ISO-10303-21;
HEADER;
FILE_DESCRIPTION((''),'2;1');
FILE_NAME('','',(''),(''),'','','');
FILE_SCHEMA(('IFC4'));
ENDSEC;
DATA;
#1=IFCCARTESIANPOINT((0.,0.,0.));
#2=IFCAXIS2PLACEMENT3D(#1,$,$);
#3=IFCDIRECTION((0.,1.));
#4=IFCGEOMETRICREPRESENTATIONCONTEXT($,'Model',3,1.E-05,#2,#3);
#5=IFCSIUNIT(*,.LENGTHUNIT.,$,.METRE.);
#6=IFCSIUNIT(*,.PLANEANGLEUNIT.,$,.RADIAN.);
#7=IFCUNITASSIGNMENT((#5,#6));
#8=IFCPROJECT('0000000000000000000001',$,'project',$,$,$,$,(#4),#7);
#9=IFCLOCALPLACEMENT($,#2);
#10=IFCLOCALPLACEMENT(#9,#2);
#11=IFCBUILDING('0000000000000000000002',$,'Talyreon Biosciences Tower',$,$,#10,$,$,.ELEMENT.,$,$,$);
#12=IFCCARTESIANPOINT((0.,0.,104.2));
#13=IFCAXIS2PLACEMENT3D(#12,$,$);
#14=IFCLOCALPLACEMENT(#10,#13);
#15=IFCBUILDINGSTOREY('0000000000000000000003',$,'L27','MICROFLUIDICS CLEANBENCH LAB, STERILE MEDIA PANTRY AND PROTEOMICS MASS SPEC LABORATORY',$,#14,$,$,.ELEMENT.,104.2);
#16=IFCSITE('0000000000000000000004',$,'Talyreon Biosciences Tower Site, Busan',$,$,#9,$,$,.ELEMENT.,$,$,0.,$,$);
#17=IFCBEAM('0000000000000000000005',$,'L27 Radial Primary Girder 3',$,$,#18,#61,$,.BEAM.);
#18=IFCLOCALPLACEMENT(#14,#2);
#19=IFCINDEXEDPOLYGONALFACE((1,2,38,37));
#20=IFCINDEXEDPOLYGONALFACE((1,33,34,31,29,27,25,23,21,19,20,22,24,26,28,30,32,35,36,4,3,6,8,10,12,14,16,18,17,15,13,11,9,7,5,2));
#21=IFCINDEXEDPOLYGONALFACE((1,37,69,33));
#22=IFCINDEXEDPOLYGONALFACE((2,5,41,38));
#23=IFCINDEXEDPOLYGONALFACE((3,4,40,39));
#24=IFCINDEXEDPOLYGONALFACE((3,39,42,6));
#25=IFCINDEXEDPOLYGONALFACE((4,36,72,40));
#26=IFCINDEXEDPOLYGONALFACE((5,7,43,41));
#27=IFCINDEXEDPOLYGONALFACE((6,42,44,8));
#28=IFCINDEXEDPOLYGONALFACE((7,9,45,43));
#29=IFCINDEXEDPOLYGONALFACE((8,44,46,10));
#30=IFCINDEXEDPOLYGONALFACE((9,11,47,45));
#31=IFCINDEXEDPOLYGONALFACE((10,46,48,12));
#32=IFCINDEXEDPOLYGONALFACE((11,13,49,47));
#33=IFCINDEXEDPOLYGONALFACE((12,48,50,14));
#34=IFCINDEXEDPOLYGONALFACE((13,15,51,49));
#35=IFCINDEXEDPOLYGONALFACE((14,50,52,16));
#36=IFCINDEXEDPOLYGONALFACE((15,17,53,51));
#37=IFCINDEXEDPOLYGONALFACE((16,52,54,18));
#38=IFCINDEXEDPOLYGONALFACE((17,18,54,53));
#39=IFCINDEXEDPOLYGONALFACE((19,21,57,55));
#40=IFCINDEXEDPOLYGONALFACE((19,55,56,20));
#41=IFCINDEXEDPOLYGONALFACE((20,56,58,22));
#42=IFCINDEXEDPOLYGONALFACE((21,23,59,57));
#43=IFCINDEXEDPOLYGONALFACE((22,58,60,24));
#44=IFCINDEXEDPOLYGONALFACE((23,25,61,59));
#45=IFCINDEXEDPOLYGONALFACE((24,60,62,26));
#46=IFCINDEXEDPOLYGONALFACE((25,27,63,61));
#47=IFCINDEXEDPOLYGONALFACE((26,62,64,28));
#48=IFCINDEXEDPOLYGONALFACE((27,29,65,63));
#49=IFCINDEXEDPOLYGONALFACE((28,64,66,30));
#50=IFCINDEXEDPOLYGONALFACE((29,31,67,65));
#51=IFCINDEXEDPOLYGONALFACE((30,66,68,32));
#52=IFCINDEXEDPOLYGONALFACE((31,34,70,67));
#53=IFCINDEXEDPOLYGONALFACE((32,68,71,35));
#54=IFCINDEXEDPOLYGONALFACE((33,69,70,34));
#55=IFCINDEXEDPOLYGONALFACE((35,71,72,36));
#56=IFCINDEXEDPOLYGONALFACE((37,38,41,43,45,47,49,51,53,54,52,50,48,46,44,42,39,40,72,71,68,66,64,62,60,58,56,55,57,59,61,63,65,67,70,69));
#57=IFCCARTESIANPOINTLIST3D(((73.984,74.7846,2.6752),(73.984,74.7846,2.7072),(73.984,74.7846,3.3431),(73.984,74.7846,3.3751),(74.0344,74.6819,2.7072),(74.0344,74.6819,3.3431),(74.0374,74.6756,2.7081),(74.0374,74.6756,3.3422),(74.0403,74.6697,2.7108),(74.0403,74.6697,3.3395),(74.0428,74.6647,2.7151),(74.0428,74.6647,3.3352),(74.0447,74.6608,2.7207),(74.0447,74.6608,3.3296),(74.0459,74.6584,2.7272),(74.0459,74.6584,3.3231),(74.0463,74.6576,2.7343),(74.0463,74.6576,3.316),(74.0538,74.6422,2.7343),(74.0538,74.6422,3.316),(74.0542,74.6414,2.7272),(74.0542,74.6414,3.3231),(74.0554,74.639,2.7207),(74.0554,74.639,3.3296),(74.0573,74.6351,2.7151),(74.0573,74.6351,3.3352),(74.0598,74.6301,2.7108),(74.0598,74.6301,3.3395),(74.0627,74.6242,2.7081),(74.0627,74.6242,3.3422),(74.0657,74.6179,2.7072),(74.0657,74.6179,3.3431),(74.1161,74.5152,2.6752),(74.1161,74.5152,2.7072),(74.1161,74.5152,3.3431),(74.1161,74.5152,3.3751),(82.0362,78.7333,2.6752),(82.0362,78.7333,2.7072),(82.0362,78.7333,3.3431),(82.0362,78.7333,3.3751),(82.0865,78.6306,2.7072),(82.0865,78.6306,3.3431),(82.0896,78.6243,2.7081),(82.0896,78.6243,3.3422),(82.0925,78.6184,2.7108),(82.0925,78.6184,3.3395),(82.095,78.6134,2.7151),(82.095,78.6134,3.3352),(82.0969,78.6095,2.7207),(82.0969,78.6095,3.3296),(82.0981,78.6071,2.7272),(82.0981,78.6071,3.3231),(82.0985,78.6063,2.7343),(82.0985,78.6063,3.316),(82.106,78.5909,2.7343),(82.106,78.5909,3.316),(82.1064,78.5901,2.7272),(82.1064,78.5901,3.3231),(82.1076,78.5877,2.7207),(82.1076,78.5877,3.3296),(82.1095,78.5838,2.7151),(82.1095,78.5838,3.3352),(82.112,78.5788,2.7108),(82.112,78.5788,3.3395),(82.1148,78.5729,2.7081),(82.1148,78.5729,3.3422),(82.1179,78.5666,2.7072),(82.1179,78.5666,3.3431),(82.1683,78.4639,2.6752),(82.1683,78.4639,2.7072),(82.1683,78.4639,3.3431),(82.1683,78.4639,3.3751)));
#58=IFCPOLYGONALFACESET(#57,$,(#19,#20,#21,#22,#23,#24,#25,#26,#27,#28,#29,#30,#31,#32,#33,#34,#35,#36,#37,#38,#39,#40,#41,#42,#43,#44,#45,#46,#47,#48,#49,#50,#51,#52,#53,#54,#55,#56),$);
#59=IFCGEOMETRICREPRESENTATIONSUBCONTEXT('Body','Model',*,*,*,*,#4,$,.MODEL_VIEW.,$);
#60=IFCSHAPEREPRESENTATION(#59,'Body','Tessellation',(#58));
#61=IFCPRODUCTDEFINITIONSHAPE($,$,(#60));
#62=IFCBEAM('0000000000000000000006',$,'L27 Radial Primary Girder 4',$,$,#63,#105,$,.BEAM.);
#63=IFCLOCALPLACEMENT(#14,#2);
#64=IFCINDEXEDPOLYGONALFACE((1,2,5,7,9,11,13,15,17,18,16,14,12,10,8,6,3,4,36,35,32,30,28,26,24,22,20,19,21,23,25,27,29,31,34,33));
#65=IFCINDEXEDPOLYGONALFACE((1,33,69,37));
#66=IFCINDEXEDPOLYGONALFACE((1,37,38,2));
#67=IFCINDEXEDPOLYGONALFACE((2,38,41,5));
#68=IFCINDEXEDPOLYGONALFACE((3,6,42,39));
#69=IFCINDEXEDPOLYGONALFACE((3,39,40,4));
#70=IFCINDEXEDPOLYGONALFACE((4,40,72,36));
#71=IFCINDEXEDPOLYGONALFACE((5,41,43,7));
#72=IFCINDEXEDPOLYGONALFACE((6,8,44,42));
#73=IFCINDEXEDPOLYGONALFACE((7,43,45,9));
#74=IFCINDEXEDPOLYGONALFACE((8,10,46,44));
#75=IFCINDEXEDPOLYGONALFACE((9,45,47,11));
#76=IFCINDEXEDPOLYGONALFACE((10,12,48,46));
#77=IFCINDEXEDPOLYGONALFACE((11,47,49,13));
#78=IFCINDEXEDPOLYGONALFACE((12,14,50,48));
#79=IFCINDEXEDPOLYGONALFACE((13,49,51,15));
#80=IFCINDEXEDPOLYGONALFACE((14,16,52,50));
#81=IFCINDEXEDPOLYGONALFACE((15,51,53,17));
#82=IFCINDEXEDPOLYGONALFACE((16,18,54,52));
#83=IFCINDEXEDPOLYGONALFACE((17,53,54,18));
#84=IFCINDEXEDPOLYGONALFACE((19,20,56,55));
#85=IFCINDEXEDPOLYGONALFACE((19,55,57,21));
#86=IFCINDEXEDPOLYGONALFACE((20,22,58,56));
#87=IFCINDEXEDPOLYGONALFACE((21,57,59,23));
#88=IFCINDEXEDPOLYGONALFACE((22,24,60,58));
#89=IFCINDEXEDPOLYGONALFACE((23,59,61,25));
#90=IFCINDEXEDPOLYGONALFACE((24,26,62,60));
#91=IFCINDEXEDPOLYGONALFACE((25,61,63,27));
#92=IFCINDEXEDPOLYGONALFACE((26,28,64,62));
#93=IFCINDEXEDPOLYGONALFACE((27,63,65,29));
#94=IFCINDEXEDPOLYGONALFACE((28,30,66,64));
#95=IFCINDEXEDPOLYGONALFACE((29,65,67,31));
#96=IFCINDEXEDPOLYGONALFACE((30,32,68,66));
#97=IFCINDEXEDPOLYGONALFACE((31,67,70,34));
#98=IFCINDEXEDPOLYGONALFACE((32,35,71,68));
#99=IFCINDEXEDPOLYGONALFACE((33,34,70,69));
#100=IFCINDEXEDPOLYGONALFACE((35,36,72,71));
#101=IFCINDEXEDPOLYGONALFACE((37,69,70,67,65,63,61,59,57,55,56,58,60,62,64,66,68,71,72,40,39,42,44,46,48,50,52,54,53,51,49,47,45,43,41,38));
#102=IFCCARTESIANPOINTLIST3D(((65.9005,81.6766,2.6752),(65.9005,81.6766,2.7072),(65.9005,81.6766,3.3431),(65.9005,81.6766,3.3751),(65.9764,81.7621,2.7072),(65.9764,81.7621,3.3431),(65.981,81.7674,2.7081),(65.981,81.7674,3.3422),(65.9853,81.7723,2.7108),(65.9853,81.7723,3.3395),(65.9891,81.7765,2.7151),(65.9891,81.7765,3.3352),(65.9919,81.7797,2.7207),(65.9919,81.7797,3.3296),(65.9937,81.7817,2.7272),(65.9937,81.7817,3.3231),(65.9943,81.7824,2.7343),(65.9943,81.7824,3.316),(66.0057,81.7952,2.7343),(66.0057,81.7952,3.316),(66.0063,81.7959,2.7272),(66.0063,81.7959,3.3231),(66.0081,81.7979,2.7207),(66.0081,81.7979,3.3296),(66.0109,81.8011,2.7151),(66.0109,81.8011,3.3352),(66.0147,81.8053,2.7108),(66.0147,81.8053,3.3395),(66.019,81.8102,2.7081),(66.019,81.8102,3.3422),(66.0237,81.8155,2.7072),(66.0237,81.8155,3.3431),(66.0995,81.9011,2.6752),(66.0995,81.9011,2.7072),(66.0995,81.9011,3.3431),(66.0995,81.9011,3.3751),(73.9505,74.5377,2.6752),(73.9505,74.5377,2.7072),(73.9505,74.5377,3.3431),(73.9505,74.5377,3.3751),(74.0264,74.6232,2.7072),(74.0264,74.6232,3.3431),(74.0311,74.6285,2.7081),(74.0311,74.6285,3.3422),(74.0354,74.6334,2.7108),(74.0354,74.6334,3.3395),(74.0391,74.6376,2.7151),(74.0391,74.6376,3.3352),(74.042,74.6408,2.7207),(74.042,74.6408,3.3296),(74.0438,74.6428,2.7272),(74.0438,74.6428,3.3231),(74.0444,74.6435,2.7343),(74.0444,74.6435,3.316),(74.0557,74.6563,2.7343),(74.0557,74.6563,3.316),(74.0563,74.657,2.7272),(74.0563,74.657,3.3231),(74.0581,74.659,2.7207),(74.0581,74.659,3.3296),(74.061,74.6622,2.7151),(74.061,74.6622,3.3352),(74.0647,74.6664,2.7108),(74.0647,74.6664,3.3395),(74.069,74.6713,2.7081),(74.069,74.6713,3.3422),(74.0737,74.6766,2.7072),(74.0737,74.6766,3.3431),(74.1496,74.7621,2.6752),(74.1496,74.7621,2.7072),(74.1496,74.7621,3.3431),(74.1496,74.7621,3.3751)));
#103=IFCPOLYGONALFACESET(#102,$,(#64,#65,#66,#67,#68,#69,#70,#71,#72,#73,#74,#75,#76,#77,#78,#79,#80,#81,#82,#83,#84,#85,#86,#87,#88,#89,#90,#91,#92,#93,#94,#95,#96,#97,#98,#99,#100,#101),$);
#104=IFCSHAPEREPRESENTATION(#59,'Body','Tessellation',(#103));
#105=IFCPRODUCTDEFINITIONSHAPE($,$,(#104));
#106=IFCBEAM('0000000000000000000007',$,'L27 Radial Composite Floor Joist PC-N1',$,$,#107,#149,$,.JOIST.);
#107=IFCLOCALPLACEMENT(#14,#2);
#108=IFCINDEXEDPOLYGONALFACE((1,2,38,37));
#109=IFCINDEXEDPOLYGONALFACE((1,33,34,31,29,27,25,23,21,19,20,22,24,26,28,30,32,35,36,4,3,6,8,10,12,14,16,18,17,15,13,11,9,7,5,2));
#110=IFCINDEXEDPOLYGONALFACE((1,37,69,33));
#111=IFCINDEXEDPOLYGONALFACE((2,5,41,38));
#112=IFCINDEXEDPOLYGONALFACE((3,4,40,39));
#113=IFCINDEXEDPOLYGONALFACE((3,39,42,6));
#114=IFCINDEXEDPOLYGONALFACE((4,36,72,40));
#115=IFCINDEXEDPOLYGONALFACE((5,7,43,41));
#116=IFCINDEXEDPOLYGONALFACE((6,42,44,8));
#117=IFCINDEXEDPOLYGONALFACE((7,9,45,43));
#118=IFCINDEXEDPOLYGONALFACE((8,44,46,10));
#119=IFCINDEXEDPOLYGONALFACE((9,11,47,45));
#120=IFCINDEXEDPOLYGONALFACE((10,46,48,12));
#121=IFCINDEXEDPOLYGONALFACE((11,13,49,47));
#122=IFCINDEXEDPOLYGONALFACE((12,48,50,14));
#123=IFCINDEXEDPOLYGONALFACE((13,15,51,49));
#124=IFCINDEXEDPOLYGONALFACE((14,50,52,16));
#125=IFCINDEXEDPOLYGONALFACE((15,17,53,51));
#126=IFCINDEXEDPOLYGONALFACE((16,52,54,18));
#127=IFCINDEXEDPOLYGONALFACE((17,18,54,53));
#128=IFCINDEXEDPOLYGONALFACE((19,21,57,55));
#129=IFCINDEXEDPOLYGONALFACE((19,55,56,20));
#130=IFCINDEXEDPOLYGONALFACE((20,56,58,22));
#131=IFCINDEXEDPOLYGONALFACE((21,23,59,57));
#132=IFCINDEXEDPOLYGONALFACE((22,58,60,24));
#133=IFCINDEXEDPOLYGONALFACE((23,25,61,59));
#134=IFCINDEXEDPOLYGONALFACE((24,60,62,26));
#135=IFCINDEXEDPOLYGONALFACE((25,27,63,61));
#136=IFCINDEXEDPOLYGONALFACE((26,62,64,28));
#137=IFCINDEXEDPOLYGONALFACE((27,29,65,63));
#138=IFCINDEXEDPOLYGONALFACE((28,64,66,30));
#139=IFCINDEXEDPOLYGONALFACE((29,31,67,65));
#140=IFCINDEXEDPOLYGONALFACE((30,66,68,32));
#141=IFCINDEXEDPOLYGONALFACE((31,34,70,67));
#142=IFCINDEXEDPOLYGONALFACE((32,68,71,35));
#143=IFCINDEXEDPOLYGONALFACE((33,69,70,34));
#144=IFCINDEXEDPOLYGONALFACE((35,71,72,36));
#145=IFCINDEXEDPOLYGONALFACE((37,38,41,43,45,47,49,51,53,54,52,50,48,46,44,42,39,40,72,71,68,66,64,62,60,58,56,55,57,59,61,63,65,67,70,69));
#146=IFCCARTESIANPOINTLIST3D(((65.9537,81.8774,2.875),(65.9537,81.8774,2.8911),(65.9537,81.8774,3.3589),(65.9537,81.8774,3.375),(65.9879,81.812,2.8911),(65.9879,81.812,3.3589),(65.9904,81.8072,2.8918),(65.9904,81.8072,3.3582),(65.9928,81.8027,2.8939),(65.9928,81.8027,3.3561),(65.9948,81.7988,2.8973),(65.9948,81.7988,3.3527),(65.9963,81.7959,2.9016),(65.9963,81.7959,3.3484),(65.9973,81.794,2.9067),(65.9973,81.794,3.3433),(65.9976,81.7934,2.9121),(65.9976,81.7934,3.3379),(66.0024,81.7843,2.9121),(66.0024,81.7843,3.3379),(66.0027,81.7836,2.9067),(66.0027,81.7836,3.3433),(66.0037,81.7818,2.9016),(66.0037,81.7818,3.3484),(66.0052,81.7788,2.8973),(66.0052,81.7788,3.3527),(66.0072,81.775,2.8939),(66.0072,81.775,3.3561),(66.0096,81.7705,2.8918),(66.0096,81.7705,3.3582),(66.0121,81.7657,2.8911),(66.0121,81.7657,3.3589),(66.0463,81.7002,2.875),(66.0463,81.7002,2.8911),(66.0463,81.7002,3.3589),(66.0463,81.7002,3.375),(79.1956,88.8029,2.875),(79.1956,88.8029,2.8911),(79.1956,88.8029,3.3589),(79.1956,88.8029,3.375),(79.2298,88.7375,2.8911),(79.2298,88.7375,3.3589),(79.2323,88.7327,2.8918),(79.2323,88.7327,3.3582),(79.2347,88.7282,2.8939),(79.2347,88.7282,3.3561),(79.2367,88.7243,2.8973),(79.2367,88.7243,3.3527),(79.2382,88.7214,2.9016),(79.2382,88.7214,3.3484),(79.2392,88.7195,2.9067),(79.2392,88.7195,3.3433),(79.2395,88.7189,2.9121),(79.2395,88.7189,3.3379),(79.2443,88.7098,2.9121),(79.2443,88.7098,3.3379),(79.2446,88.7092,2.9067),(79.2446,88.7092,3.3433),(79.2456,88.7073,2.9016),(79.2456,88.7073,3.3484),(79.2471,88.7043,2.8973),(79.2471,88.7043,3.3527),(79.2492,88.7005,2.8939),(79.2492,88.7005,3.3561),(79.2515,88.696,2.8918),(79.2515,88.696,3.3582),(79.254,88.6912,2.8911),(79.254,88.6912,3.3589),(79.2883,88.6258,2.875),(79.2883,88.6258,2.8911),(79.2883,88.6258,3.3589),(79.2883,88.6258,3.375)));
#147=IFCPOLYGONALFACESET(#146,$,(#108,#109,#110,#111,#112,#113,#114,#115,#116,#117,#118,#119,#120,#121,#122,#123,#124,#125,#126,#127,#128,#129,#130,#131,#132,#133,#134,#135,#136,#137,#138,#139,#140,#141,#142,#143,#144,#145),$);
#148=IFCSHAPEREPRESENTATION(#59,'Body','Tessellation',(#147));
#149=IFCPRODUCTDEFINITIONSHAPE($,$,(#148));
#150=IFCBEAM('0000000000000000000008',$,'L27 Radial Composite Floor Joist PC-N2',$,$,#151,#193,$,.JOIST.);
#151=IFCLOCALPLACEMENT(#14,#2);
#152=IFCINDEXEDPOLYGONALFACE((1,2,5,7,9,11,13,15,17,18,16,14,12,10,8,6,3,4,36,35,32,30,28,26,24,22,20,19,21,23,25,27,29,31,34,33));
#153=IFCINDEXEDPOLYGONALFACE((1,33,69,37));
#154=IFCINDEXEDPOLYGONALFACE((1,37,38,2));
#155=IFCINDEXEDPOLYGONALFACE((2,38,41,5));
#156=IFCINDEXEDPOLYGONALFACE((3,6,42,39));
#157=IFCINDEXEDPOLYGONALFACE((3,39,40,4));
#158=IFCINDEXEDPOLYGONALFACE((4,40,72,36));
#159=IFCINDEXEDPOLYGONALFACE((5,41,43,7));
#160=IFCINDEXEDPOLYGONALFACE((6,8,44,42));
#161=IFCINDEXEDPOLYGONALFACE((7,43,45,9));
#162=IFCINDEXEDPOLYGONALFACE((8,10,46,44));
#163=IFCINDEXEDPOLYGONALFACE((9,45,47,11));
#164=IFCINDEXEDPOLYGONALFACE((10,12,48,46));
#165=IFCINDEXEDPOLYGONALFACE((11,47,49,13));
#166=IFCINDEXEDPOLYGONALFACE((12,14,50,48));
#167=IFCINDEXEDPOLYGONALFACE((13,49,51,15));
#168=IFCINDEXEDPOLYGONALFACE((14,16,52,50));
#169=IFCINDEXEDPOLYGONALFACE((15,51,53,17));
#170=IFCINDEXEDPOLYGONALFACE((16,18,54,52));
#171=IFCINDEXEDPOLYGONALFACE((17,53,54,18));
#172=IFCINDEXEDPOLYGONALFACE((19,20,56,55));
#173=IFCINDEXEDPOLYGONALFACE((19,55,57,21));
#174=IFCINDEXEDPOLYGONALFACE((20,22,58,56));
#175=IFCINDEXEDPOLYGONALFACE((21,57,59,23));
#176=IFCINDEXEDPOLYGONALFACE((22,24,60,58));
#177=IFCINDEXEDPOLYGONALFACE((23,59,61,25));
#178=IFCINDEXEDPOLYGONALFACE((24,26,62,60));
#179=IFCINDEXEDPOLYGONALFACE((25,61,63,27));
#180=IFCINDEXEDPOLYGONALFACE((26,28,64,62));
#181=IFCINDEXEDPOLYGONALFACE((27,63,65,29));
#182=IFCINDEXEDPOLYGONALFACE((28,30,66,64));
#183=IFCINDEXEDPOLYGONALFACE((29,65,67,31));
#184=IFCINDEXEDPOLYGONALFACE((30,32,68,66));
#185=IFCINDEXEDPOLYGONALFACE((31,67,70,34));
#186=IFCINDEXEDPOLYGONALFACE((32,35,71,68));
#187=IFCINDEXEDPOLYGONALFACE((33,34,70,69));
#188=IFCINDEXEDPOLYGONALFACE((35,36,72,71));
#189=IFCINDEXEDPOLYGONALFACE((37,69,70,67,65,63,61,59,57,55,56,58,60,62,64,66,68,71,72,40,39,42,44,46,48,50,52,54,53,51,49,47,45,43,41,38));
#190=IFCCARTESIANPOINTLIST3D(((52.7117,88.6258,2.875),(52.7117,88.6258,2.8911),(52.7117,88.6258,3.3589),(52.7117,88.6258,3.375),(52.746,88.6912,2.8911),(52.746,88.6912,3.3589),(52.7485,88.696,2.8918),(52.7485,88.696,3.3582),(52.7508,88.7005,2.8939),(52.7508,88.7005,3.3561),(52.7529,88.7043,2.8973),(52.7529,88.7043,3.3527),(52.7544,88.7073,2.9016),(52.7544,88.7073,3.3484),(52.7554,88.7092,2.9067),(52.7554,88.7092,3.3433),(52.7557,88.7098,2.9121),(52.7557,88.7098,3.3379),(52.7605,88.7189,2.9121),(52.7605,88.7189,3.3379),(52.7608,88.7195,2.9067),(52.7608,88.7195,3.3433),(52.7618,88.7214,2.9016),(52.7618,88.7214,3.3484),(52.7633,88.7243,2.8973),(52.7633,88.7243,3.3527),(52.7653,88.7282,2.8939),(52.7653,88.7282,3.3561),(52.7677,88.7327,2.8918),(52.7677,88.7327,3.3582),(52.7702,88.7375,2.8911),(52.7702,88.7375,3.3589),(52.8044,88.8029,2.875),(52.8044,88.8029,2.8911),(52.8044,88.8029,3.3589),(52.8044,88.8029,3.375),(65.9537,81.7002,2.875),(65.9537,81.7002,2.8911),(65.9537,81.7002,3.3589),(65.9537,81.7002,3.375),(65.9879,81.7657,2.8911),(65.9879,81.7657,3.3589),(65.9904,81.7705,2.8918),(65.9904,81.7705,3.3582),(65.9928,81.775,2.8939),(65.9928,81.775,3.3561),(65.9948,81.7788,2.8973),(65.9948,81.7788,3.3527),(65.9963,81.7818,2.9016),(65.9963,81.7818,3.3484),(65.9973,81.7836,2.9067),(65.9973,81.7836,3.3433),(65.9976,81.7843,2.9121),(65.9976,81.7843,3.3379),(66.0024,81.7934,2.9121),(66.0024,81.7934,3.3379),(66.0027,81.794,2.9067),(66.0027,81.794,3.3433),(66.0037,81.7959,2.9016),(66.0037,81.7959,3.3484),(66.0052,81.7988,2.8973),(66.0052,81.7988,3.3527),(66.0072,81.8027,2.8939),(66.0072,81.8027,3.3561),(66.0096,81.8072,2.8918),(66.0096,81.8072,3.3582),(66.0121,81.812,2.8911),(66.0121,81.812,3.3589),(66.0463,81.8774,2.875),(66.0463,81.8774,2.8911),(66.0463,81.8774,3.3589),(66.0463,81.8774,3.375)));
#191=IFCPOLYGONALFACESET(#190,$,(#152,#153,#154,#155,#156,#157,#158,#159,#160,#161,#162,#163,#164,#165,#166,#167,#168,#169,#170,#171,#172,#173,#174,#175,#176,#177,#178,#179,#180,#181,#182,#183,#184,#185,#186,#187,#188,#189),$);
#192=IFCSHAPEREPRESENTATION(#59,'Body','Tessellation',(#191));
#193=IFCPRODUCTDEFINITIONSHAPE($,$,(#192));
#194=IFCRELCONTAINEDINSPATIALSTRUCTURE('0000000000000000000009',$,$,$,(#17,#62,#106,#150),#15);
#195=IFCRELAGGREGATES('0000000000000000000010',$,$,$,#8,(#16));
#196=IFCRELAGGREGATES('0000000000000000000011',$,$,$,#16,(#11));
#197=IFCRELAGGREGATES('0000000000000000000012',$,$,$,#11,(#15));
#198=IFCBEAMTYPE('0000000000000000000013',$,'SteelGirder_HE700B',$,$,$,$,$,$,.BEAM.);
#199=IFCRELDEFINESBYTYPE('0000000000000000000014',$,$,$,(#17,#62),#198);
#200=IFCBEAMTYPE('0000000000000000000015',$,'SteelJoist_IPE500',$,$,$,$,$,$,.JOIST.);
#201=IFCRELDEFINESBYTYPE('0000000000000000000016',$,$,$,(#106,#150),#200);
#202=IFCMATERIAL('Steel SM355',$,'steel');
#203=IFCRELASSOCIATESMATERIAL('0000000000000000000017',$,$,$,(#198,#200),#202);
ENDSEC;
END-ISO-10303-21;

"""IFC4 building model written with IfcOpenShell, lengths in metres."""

from ifc_helpers import new_model, si_unit, direction, frame, origin, origin_2d, place, context, subcontext, project, spatial, i_section, extrude, material, material_profile, profile_set, type_object, element, save


model = new_model("IFC4")

# Units and contexts
model_context = context("Model", 3, precision=1e-05, world=origin(), true_north=direction((0.0, 1.0)))
body_context = subcontext(model_context, "Body", "Model", "MODEL_VIEW")
ifc_project = project(units=[si_unit("LENGTHUNIT", "METRE"), si_unit("PLANEANGLEUNIT", "RADIAN")], contexts=[model_context])

# Site, building, storey
site_placement = place(None, origin())
site = spatial("IfcSite", under=ifc_project, at=site_placement, Name="Talyreon Biosciences Tower Site, Busan", CompositionType="ELEMENT", RefElevation=0.0)
building_placement = place(site_placement, origin())
building = spatial("IfcBuilding", under=site, at=building_placement, Name="Talyreon Biosciences Tower", CompositionType="ELEMENT")
storey_placement = place(building_placement, frame((0.0, 0.0, 104.2)))
storey = spatial("IfcBuildingStorey", under=building, at=storey_placement, Name="L27", Description="MICROFLUIDICS CLEANBENCH LAB, STERILE MEDIA PANTRY AND PROTEOMICS MASS SPEC LABORATORY", CompositionType="ELEMENT", Elevation=104.2)

# Beams
ifc_material_1 = material(Name="Steel SM355", Category="steel")
ifc_material_profile_1 = material_profile(ifc_material_1, i_section(OverallWidth=0.3, OverallDepth=0.7, WebThickness=0.0171, FlangeThickness=0.032, FilletRadius=0.0271, at=origin_2d()), Name="HE700B")
ifc_profile_set_1 = profile_set([ifc_material_profile_1], Name="Steel SM355")
beam_type_1 = type_object("IfcBeamType", Name="SteelGirder_HE700B", PredefinedType="BEAM", material=ifc_profile_set_1)
beam_1_placement = place(storey_placement, frame((74.05, 74.6499, 3.0251), z_axis=(0.897852, 0.440297, 0.0), x_axis=(-0.440297, 0.897852, 0.0)))
element("IfcBeam", 1, at=beam_1_placement, inside=storey, type_object=beam_type_1, Name="L27 Radial Primary Girder 3", PredefinedType="BEAM", context=body_context, shape_type="SweptSolid", body=[
    extrude(i_section(OverallWidth=0.3, OverallDepth=0.7, WebThickness=0.0171, FlangeThickness=0.032, FilletRadius=0.0271, at=origin_2d()), origin(), (0.0, 0.0, 1.0), 8.9683),
])
beam_2_placement = place(storey_placement, frame((74.05, 74.6499, 3.0251), z_axis=(-0.748179, 0.663497, 0.0), x_axis=(-0.663497, -0.748179, 0.0)))
element("IfcBeam", 2, at=beam_2_placement, inside=storey, type_object=beam_type_1, Name="L27 Radial Primary Girder 4", PredefinedType="BEAM", context=body_context, shape_type="SweptSolid", body=[
    extrude(i_section(OverallWidth=0.3, OverallDepth=0.7, WebThickness=0.0171, FlangeThickness=0.032, FilletRadius=0.0271, at=origin_2d()), origin(), (0.0, 0.0, 1.0), 10.7595),
])
ifc_material_profile_2 = material_profile(ifc_material_1, i_section(OverallWidth=0.2, OverallDepth=0.5, WebThickness=0.0103, FlangeThickness=0.0161, FilletRadius=0.021, at=origin_2d()), Name="IPE500")
ifc_profile_set_2 = profile_set([ifc_material_profile_2], Name="Steel SM355")
beam_type_2 = type_object("IfcBeamType", Name="SteelJoist_IPE500", PredefinedType="JOIST", material=ifc_profile_set_2)
for number, where, z_axis, x_axis, name in (
    (3, (66.0, 81.7888, 3.125), (0.886126, 0.463444, 0.0), (-0.463444, 0.886126, 0.0), "L27 Radial Composite Floor Joist PC-N1"),
    (4, (66.0, 81.7888, 3.125), (-0.886126, 0.463444, 0.0), (-0.463444, -0.886126, 0.0), "L27 Radial Composite Floor Joist PC-N2"),
):
    element("IfcBeam", number, at=place(storey_placement, frame(where, z_axis=z_axis, x_axis=x_axis)), inside=storey, type_object=beam_type_2, Name=name, PredefinedType="JOIST", context=body_context, shape_type="SweptSolid", body=[
        extrude(i_section(OverallWidth=0.2, OverallDepth=0.5, WebThickness=0.0103, FlangeThickness=0.0161, FilletRadius=0.021, at=origin_2d()), origin(), (0.0, 0.0, 1.0), 14.9436),
    ])

save(model, "model.ifc")
